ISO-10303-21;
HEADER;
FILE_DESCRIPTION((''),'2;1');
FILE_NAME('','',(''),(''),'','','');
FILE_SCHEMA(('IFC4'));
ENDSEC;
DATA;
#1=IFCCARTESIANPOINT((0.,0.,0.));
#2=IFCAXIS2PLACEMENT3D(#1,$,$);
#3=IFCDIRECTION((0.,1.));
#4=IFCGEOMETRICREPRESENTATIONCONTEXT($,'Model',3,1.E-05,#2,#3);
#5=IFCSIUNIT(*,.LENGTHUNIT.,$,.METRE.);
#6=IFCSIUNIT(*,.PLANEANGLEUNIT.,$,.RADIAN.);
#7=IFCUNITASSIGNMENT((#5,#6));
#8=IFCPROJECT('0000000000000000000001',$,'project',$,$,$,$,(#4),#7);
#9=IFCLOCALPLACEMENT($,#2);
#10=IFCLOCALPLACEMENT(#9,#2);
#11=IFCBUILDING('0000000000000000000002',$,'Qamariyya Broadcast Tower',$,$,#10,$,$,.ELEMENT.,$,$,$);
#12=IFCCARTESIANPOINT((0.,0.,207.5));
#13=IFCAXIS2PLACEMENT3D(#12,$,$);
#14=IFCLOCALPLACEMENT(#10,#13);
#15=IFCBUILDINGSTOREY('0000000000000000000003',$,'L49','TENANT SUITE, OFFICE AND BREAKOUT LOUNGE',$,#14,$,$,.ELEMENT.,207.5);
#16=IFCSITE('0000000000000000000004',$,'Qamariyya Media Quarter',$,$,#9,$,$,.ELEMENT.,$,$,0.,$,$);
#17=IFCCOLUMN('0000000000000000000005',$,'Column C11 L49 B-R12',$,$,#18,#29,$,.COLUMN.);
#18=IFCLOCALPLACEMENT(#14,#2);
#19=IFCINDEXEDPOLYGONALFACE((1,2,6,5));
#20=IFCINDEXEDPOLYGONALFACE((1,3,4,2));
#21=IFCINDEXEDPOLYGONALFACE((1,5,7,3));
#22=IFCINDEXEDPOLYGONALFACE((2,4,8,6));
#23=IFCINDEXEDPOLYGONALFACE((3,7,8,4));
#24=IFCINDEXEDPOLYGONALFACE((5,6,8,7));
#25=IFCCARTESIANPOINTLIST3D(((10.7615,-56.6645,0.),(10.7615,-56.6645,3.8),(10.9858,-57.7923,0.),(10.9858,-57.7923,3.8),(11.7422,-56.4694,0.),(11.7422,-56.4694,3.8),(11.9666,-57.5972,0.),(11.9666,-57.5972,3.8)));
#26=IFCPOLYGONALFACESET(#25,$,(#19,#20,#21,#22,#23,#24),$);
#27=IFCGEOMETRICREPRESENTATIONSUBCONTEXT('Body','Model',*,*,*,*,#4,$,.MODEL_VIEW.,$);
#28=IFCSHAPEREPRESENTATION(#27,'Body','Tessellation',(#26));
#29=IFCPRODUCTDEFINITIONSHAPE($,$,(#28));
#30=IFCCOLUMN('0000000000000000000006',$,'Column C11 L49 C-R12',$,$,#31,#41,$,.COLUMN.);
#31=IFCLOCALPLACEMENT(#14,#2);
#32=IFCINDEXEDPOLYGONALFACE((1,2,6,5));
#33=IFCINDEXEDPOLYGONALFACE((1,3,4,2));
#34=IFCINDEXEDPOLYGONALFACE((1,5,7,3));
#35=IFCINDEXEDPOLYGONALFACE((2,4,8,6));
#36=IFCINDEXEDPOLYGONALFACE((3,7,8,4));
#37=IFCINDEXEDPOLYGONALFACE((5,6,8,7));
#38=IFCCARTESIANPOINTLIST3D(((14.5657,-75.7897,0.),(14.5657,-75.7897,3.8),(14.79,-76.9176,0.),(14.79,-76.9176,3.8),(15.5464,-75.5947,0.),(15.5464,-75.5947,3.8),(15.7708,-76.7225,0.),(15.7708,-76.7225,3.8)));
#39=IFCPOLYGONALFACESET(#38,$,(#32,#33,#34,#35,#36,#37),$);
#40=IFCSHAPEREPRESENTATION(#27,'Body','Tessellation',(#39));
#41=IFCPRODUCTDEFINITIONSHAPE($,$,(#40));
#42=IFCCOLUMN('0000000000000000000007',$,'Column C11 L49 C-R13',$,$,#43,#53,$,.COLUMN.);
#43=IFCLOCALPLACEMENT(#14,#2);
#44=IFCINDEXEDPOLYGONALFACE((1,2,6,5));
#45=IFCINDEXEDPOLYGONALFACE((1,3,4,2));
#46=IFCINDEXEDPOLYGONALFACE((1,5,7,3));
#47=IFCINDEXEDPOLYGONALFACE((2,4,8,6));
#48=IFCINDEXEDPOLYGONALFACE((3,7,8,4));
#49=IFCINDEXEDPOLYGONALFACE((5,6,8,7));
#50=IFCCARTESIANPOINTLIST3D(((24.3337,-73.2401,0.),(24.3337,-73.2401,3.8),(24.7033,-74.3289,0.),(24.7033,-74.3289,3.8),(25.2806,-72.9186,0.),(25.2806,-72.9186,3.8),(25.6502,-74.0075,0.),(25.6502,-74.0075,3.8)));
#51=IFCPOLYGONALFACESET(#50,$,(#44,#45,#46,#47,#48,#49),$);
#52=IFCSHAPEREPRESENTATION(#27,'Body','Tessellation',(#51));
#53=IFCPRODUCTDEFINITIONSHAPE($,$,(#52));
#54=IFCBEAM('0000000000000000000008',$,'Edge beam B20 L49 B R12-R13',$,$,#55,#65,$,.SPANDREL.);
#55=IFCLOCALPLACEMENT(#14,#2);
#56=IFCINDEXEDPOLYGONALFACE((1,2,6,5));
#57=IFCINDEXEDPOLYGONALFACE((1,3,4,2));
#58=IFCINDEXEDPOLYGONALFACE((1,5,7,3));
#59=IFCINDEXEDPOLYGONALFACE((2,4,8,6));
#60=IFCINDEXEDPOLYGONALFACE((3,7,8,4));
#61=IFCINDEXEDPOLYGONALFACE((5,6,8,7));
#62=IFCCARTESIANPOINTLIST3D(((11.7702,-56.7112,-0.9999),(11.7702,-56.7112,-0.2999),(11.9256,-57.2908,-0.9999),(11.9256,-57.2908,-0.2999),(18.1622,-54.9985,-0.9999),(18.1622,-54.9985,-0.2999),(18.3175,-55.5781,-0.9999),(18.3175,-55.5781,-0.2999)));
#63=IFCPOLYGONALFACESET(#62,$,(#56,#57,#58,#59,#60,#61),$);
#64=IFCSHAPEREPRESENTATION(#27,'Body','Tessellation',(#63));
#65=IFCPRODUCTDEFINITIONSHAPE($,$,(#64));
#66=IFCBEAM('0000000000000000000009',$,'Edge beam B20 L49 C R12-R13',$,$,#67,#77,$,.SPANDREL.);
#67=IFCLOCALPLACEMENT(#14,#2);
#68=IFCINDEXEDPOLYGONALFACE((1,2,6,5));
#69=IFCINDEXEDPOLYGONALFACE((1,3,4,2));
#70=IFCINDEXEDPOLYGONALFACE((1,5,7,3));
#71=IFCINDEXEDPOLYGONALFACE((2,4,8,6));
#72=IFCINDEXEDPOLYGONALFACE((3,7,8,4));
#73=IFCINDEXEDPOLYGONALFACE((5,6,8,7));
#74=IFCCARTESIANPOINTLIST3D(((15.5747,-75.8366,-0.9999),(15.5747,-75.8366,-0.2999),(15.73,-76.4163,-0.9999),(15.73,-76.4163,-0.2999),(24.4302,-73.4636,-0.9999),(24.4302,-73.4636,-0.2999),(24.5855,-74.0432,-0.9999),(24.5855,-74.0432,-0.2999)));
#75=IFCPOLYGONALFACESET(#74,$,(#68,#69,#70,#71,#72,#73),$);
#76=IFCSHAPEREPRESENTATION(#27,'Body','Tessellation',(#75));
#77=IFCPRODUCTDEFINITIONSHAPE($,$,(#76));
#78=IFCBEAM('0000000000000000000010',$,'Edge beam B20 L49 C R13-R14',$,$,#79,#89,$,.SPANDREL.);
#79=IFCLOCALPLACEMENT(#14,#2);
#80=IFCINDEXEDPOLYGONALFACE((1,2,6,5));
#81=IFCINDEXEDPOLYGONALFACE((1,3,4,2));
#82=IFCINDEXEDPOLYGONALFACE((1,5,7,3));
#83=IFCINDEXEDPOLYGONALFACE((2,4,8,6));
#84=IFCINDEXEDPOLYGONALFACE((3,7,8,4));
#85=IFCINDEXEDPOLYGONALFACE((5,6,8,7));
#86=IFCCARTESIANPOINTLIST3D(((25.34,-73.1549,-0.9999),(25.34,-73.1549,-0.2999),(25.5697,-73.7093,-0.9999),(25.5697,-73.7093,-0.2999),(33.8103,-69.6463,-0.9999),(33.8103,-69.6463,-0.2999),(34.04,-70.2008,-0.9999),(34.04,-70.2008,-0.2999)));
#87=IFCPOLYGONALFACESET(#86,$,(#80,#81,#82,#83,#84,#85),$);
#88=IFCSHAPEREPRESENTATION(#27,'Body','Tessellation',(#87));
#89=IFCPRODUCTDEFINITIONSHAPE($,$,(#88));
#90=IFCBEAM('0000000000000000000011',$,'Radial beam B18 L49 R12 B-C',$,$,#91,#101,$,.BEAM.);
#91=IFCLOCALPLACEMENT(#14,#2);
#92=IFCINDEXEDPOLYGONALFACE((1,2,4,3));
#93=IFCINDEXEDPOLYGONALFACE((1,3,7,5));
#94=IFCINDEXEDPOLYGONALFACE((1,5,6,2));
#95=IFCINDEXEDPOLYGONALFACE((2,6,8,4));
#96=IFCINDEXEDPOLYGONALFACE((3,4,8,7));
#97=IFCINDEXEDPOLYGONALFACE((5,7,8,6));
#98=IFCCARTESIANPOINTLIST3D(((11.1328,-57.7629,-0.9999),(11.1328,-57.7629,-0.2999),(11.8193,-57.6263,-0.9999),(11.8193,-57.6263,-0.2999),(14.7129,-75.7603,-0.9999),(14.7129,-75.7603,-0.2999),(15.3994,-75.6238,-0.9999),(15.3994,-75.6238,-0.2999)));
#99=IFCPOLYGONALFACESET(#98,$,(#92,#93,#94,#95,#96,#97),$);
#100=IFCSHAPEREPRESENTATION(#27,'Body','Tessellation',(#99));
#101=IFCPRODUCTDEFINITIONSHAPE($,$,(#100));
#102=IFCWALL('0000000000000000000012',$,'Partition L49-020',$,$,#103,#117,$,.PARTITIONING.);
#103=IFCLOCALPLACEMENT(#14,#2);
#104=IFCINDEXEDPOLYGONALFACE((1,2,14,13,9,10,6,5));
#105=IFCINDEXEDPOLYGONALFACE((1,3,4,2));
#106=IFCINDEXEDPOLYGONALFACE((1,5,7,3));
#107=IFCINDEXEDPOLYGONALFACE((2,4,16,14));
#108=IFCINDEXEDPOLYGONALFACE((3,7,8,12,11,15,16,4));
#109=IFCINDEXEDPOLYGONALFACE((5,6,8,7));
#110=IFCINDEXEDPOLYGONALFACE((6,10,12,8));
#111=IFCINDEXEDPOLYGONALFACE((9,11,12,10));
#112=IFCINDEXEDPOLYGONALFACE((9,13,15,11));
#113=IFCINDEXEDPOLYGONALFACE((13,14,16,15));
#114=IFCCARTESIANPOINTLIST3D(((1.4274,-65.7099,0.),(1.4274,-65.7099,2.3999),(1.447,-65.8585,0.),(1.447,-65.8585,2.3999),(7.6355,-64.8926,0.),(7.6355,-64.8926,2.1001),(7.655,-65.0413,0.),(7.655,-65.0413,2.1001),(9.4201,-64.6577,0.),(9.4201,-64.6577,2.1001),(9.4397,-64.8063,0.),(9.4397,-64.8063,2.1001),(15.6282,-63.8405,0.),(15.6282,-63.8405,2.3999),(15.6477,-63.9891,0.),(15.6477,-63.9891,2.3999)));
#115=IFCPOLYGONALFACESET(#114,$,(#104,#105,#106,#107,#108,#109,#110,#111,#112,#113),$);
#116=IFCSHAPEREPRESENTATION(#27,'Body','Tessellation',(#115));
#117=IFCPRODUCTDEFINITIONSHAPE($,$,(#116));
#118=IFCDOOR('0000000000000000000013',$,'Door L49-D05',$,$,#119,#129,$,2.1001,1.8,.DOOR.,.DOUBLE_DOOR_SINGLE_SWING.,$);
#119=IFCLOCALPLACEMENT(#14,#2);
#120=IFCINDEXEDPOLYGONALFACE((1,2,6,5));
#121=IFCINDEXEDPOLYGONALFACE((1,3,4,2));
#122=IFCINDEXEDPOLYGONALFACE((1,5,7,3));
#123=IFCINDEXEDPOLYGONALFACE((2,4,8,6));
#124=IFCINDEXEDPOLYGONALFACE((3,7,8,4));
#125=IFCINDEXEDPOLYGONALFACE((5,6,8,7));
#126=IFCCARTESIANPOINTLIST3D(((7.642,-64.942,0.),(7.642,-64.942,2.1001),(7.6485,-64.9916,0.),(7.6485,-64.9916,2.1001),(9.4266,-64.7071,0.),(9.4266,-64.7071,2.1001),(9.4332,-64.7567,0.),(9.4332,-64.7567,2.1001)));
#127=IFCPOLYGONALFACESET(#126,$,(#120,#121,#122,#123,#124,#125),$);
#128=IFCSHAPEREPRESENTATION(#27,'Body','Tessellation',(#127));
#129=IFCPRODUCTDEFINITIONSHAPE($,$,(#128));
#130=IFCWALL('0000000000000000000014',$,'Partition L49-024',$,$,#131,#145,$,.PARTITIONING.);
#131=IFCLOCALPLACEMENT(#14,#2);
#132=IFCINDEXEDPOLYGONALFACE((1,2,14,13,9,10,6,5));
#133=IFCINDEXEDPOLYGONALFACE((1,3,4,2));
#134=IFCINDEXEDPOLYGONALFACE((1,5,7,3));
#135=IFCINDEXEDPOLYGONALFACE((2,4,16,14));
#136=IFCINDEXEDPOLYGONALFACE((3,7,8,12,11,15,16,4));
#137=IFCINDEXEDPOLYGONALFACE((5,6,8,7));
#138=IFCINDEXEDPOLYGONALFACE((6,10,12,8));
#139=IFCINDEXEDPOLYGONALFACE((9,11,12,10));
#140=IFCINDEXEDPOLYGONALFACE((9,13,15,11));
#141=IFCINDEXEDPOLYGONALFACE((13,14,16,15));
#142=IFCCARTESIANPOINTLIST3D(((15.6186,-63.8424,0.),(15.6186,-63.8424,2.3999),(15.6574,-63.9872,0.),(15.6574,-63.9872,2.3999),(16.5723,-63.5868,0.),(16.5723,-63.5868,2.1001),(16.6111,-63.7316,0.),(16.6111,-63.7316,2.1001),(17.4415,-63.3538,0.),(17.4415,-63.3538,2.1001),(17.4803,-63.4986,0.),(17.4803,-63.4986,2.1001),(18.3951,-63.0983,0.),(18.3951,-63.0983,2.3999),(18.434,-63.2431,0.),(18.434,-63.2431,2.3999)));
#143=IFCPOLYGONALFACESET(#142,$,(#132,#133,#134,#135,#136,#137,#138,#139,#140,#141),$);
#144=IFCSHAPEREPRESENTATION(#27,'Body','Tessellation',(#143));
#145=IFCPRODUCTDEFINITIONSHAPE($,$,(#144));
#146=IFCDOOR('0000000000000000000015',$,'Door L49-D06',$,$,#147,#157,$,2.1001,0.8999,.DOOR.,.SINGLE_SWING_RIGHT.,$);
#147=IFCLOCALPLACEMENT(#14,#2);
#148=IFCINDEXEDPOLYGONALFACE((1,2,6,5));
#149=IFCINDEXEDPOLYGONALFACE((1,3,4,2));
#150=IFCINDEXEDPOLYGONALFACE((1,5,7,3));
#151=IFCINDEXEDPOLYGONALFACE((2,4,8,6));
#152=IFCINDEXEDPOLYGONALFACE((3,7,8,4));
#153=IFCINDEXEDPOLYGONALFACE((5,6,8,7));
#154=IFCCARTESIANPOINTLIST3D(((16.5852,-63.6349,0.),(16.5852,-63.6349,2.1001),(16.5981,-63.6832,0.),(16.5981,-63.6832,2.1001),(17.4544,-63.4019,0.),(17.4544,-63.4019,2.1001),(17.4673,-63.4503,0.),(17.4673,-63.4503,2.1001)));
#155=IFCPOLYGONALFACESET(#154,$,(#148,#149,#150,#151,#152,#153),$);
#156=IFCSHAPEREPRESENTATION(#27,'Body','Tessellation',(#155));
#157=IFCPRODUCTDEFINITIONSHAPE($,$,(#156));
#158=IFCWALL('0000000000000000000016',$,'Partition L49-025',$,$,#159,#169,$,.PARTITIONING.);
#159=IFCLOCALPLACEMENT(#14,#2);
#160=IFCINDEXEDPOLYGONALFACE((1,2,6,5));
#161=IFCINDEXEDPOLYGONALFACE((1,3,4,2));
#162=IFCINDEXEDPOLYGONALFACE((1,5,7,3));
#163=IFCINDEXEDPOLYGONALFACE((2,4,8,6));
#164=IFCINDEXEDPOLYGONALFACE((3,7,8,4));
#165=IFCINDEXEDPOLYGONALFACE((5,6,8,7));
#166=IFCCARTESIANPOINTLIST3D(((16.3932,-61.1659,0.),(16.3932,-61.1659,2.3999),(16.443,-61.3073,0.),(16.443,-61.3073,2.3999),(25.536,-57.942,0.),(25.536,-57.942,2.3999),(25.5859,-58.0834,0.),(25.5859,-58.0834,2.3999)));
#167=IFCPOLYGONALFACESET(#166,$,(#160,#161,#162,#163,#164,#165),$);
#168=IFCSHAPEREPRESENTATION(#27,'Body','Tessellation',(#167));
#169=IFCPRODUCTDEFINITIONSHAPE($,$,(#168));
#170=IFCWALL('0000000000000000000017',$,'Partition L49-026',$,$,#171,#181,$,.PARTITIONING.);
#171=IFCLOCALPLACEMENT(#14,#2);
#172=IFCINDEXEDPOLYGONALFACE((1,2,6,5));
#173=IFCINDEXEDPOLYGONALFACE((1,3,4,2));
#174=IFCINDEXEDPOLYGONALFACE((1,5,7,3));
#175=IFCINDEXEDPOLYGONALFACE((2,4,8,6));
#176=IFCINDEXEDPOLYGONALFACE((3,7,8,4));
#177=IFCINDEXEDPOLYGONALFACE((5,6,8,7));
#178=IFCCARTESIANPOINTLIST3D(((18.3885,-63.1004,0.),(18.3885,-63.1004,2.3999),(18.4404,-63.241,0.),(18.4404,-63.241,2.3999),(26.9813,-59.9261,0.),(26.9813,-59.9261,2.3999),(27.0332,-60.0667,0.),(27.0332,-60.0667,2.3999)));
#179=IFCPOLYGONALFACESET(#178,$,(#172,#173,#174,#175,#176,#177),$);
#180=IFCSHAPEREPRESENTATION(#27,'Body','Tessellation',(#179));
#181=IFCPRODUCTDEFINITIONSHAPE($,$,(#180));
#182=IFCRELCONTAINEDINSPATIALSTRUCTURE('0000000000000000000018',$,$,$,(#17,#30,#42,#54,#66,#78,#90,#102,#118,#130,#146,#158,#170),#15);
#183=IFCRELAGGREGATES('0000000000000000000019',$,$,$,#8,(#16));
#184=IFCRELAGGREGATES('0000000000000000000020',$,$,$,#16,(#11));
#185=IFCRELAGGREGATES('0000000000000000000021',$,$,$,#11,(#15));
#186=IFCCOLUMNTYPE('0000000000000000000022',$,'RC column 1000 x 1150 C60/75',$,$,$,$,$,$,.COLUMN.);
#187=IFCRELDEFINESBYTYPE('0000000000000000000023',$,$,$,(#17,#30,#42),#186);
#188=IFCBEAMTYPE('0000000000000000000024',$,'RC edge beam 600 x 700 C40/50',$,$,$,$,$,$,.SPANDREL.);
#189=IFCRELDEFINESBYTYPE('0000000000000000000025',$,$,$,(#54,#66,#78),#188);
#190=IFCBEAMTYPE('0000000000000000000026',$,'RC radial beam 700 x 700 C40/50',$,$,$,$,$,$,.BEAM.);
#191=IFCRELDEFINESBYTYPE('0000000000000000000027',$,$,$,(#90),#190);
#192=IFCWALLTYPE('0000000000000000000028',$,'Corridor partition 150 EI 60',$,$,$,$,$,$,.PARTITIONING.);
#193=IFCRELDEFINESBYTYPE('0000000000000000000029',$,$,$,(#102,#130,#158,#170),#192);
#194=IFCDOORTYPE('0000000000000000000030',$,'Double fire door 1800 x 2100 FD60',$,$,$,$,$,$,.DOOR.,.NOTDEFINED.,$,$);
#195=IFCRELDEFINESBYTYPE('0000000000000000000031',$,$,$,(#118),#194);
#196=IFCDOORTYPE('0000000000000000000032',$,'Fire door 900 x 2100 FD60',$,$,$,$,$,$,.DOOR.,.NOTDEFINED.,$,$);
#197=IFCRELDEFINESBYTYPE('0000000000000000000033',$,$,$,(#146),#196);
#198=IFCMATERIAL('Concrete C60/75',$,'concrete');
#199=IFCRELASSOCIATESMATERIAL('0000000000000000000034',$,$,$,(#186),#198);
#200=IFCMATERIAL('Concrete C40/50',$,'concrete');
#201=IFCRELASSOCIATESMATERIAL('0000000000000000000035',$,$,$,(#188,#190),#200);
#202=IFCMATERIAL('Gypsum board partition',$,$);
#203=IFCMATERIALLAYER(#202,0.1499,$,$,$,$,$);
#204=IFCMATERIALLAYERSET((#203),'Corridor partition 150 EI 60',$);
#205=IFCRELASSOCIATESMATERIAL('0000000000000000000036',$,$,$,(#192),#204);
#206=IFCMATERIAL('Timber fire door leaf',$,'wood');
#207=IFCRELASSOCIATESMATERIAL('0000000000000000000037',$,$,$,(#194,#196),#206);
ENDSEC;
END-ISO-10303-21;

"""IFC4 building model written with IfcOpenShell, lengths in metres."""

from ifc_helpers import new_model, si_unit, direction, frame, frame_2d, origin, origin_2d, place, context, subcontext, project, spatial, rectangle, extrude, material, layer, layer_set, material_profile, profile_set, type_object, element, fill, save


model = new_model("IFC4")

# Units and contexts
model_context = context("Model", 3, precision=1e-05, world=origin(), true_north=direction((0.0, 1.0)))
body_context = subcontext(model_context, "Body", "Model", "MODEL_VIEW")
ifc_project = project(units=[si_unit("LENGTHUNIT", "METRE"), si_unit("PLANEANGLEUNIT", "RADIAN")], contexts=[model_context])

# Site, building, storey
site_placement = place(None, origin())
site = spatial("IfcSite", under=ifc_project, at=site_placement, Name="Qamariyya Media Quarter", CompositionType="ELEMENT", RefElevation=0.0)
building_placement = place(site_placement, origin())
building = spatial("IfcBuilding", under=site, at=building_placement, Name="Qamariyya Broadcast Tower", CompositionType="ELEMENT")
storey_placement = place(building_placement, frame((0.0, 0.0, 207.5)))
storey = spatial("IfcBuildingStorey", under=building, at=storey_placement, Name="L49", Description="TENANT SUITE, OFFICE AND BREAKOUT LOUNGE", CompositionType="ELEMENT", Elevation=207.5)

# Columns
ifc_material_1 = material(Name="Concrete C60/75", Category="concrete")
ifc_material_profile_1 = material_profile(ifc_material_1, rectangle(XDim=1.0, YDim=1.1499, at=origin_2d()))
ifc_profile_set_1 = profile_set([ifc_material_profile_1], Name="Concrete C60/75")
column_type = type_object("IfcColumnType", Name="RC column 1000 x 1150 C60/75", PredefinedType="COLUMN", material=ifc_profile_set_1)
for number, where, z_axis, x_axis, name in (
    (1, (11.364, -57.1309, 0.0), (0.0, 0.0, 1.0), (0.980785, 0.19509, 0.0), "Column C11 L49 B-R12"),
    (2, (15.1682, -76.2561, 0.0), (0.0, 0.0, 1.0), (0.980785, 0.19509, 0.0), "Column C11 L49 C-R12"),
    (3, (24.9919, -73.6238, 0.0), (0.0, 0.0, 1.0), (0.94693, 0.321439, 0.0), "Column C11 L49 C-R13"),
):
    element("IfcColumn", number, at=place(storey_placement, frame(where, z_axis=z_axis, x_axis=x_axis)), inside=storey, type_object=column_type, Name=name, PredefinedType="COLUMN", context=body_context, shape_type="SweptSolid", body=[
        extrude(rectangle(XDim=1.0, YDim=1.1499, at=origin_2d()), origin(), (0.0, 0.0, 1.0), 3.8),
    ])

# Beams
ifc_material_2 = material(Name="Concrete C40/50", Category="concrete")
ifc_material_profile_2 = material_profile(ifc_material_2, rectangle(XDim=0.6001, YDim=0.7, at=origin_2d()))
ifc_profile_set_2 = profile_set([ifc_material_profile_2], Name="Concrete C40/50")
beam_type_1 = type_object("IfcBeamType", Name="RC edge beam 600 x 700 C40/50", PredefinedType="SPANDREL", material=ifc_profile_set_2)
beam_1_placement = place(storey_placement, frame((11.8479, -57.001, -0.6499), z_axis=(0.965927, 0.258813, 0.0), x_axis=(-0.258813, 0.965927, 0.0)))
element("IfcBeam", 4, at=beam_1_placement, inside=storey, type_object=beam_type_1, Name="Edge beam B20 L49 B R12-R13", PredefinedType="SPANDREL", context=body_context, shape_type="SweptSolid", body=[
    extrude(rectangle(XDim=0.6001, YDim=0.7, at=origin_2d()), origin(), (0.0, 0.0, 1.0), 6.6174),
])
beam_2_placement = place(storey_placement, frame((15.6523, -76.1265, -0.6499), z_axis=(0.96592, 0.258843, 0.0), x_axis=(-0.258843, 0.96592, 0.0)))
element("IfcBeam", 5, at=beam_2_placement, inside=storey, type_object=beam_type_1, Name="Edge beam B20 L49 C R12-R13", PredefinedType="SPANDREL", context=body_context, shape_type="SweptSolid", body=[
    extrude(rectangle(XDim=0.6001, YDim=0.7, at=origin_2d()), origin(), (0.0, 0.0, 1.0), 9.168),
])
beam_3_placement = place(storey_placement, frame((25.4548, -73.4321, -0.6499), z_axis=(0.923877, 0.38269, 0.0), x_axis=(-0.38269, 0.923877, 0.0)))
element("IfcBeam", 6, at=beam_3_placement, inside=storey, type_object=beam_type_1, Name="Edge beam B20 L49 C R13-R14", PredefinedType="SPANDREL", context=body_context, shape_type="SweptSolid", body=[
    extrude(rectangle(XDim=0.6001, YDim=0.7, at=origin_2d()), origin(), (0.0, 0.0, 1.0), 9.1682),
])
ifc_material_profile_3 = material_profile(ifc_material_2, rectangle(XDim=0.7, YDim=0.7, at=origin_2d()))
ifc_profile_set_3 = profile_set([ifc_material_profile_3], Name="Concrete C40/50")
beam_type_2 = type_object("IfcBeamType", Name="RC radial beam 700 x 700 C40/50", PredefinedType="BEAM", material=ifc_profile_set_3)
beam_4_placement = place(storey_placement, frame((11.4761, -57.6946, -0.6499), z_axis=(0.195098, -0.980784, 0.0), x_axis=(0.980784, 0.195098, 0.0)))
element("IfcBeam", 7, at=beam_4_placement, inside=storey, type_object=beam_type_2, Name="Radial beam B18 L49 R12 B-C", PredefinedType="BEAM", context=body_context, shape_type="SweptSolid", body=[
    extrude(rectangle(XDim=0.7, YDim=0.7, at=origin_2d()), origin(), (0.0, 0.0, 1.0), 18.3501),
])

# Walls, openings, doors
ifc_material_3 = material(Name="Gypsum board partition")
ifc_layer_1 = layer(ifc_material_3, 0.1499)
ifc_layer_set_1 = layer_set([ifc_layer_1], Name="Corridor partition 150 EI 60")
wall_type_1 = type_object("IfcWallType", Name="Corridor partition 150 EI 60", PredefinedType="PARTITIONING", material=ifc_layer_set_1)
wall_1_placement = place(storey_placement, frame((15.6379, -63.9148, 0.0), z_axis=(0.0, 0.0, 1.0), x_axis=(-0.991446, -0.130514, 0.0)))
wall_1 = element("IfcWall", 8, at=wall_1_placement, inside=storey, type_object=wall_type_1, Name="Partition L49-020", PredefinedType="PARTITIONING", context=body_context, shape_type="SweptSolid", body=[
    extrude(rectangle(XDim=14.3232, YDim=0.1499, at=frame_2d((7.1616, 0.0))), origin(), (0.0, 0.0, 1.0), 2.3999),
])
opening_1_placement = place(wall_1_placement, frame((6.2617, 0.0, 0.0)))
opening_1 = element("IfcOpeningElement", 9, at=opening_1_placement, cuts=wall_1, PredefinedType="OPENING", context=body_context, shape_type="SweptSolid", body=[
    extrude(rectangle(XDim=1.8, YDim=2.1001, at=frame_2d((0.8999, 1.05))), frame((0.0, 0.085, 0.0), z_axis=(0.0, -1.0, 0.0), x_axis=(1.0, 0.0, 0.0)), (0.0, 0.0, 1.0), 0.1699),
])
ifc_material_4 = material(Name="Timber fire door leaf", Category="wood")
door_type_1 = type_object("IfcDoorType", Name="Double fire door 1800 x 2100 FD60", OperationType="NOTDEFINED", PredefinedType="DOOR", material=ifc_material_4)
door_1_placement = place(opening_1_placement, origin())
door_1 = element("IfcDoor", 10, at=door_1_placement, inside=storey, type_object=door_type_1, Name="Door L49-D05", OperationType="DOUBLE_DOOR_SINGLE_SWING", OverallHeight=2.1001, OverallWidth=1.8, PredefinedType="DOOR", context=body_context, shape_type="SweptSolid", body=[
    extrude(rectangle(XDim=1.8, YDim=2.1001, at=frame_2d((0.8999, 1.05))), frame((0.0, 0.0249, 0.0), z_axis=(0.0, -1.0, 0.0), x_axis=(1.0, 0.0, 0.0)), (0.0, 0.0, 1.0), 0.05),
])
fill(opening_1, door_1)
wall_2_placement = place(storey_placement, frame((18.4146, -63.1707, 0.0), z_axis=(0.0, 0.0, 1.0), x_axis=(-0.965913, -0.258868, 0.0)))
wall_2 = element("IfcWall", 11, at=wall_2_placement, inside=storey, type_object=wall_type_1, Name="Partition L49-024", PredefinedType="PARTITIONING", context=body_context, shape_type="SweptSolid", body=[
    extrude(rectangle(XDim=2.8745, YDim=0.1499, at=frame_2d((1.4373, 0.0))), origin(), (0.0, 0.0, 1.0), 2.3999),
])
opening_2_placement = place(wall_2_placement, frame((0.9873, 0.0, 0.0)))
opening_2 = element("IfcOpeningElement", 12, at=opening_2_placement, cuts=wall_2, PredefinedType="OPENING", context=body_context, shape_type="SweptSolid", body=[
    extrude(rectangle(XDim=0.8999, YDim=2.1001, at=frame_2d((0.45, 1.05))), frame((0.0, 0.085, 0.0), z_axis=(0.0, -1.0, 0.0), x_axis=(1.0, 0.0, 0.0)), (0.0, 0.0, 1.0), 0.1699),
])
door_type_2 = type_object("IfcDoorType", Name="Fire door 900 x 2100 FD60", OperationType="NOTDEFINED", PredefinedType="DOOR", material=ifc_material_4)
door_2_placement = place(opening_2_placement, origin())
door_2 = element("IfcDoor", 13, at=door_2_placement, inside=storey, type_object=door_type_2, Name="Door L49-D06", OperationType="SINGLE_SWING_RIGHT", OverallHeight=2.1001, OverallWidth=0.8999, PredefinedType="DOOR", context=body_context, shape_type="SweptSolid", body=[
    extrude(rectangle(XDim=0.8999, YDim=2.1001, at=frame_2d((0.45, 1.05))), frame((0.0, 0.0249, 0.0), z_axis=(0.0, -1.0, 0.0), x_axis=(1.0, 0.0, 0.0)), (0.0, 0.0, 1.0), 0.05),
])
fill(opening_2, door_2)

# Walls
wall_3_placement = place(storey_placement, frame((16.4182, -61.2366, 0.0), z_axis=(0.0, 0.0, 1.0), x_axis=(0.943087, 0.332545, 0.0)))
element("IfcWall", 14, at=wall_3_placement, inside=storey, type_object=wall_type_1, Name="Partition L49-025", PredefinedType="PARTITIONING", context=body_context, shape_type="SweptSolid", body=[
    extrude(rectangle(XDim=9.6946, YDim=0.1499, at=frame_2d((4.8472, 0.0))), origin(), (0.0, 0.0, 1.0), 2.3999),
])
wall_4_placement = place(storey_placement, frame((18.4146, -63.1707, 0.0), z_axis=(0.0, 0.0, 1.0), x_axis=(0.93804, 0.346528, 0.0)))
element("IfcWall", 15, at=wall_4_placement, inside=storey, type_object=wall_type_1, Name="Partition L49-026", PredefinedType="PARTITIONING", context=body_context, shape_type="SweptSolid", body=[
    extrude(rectangle(XDim=9.1604, YDim=0.1499, at=frame_2d((4.5801, 0.0))), origin(), (0.0, 0.0, 1.0), 2.3999),
])

save(model, "model.ifc")
